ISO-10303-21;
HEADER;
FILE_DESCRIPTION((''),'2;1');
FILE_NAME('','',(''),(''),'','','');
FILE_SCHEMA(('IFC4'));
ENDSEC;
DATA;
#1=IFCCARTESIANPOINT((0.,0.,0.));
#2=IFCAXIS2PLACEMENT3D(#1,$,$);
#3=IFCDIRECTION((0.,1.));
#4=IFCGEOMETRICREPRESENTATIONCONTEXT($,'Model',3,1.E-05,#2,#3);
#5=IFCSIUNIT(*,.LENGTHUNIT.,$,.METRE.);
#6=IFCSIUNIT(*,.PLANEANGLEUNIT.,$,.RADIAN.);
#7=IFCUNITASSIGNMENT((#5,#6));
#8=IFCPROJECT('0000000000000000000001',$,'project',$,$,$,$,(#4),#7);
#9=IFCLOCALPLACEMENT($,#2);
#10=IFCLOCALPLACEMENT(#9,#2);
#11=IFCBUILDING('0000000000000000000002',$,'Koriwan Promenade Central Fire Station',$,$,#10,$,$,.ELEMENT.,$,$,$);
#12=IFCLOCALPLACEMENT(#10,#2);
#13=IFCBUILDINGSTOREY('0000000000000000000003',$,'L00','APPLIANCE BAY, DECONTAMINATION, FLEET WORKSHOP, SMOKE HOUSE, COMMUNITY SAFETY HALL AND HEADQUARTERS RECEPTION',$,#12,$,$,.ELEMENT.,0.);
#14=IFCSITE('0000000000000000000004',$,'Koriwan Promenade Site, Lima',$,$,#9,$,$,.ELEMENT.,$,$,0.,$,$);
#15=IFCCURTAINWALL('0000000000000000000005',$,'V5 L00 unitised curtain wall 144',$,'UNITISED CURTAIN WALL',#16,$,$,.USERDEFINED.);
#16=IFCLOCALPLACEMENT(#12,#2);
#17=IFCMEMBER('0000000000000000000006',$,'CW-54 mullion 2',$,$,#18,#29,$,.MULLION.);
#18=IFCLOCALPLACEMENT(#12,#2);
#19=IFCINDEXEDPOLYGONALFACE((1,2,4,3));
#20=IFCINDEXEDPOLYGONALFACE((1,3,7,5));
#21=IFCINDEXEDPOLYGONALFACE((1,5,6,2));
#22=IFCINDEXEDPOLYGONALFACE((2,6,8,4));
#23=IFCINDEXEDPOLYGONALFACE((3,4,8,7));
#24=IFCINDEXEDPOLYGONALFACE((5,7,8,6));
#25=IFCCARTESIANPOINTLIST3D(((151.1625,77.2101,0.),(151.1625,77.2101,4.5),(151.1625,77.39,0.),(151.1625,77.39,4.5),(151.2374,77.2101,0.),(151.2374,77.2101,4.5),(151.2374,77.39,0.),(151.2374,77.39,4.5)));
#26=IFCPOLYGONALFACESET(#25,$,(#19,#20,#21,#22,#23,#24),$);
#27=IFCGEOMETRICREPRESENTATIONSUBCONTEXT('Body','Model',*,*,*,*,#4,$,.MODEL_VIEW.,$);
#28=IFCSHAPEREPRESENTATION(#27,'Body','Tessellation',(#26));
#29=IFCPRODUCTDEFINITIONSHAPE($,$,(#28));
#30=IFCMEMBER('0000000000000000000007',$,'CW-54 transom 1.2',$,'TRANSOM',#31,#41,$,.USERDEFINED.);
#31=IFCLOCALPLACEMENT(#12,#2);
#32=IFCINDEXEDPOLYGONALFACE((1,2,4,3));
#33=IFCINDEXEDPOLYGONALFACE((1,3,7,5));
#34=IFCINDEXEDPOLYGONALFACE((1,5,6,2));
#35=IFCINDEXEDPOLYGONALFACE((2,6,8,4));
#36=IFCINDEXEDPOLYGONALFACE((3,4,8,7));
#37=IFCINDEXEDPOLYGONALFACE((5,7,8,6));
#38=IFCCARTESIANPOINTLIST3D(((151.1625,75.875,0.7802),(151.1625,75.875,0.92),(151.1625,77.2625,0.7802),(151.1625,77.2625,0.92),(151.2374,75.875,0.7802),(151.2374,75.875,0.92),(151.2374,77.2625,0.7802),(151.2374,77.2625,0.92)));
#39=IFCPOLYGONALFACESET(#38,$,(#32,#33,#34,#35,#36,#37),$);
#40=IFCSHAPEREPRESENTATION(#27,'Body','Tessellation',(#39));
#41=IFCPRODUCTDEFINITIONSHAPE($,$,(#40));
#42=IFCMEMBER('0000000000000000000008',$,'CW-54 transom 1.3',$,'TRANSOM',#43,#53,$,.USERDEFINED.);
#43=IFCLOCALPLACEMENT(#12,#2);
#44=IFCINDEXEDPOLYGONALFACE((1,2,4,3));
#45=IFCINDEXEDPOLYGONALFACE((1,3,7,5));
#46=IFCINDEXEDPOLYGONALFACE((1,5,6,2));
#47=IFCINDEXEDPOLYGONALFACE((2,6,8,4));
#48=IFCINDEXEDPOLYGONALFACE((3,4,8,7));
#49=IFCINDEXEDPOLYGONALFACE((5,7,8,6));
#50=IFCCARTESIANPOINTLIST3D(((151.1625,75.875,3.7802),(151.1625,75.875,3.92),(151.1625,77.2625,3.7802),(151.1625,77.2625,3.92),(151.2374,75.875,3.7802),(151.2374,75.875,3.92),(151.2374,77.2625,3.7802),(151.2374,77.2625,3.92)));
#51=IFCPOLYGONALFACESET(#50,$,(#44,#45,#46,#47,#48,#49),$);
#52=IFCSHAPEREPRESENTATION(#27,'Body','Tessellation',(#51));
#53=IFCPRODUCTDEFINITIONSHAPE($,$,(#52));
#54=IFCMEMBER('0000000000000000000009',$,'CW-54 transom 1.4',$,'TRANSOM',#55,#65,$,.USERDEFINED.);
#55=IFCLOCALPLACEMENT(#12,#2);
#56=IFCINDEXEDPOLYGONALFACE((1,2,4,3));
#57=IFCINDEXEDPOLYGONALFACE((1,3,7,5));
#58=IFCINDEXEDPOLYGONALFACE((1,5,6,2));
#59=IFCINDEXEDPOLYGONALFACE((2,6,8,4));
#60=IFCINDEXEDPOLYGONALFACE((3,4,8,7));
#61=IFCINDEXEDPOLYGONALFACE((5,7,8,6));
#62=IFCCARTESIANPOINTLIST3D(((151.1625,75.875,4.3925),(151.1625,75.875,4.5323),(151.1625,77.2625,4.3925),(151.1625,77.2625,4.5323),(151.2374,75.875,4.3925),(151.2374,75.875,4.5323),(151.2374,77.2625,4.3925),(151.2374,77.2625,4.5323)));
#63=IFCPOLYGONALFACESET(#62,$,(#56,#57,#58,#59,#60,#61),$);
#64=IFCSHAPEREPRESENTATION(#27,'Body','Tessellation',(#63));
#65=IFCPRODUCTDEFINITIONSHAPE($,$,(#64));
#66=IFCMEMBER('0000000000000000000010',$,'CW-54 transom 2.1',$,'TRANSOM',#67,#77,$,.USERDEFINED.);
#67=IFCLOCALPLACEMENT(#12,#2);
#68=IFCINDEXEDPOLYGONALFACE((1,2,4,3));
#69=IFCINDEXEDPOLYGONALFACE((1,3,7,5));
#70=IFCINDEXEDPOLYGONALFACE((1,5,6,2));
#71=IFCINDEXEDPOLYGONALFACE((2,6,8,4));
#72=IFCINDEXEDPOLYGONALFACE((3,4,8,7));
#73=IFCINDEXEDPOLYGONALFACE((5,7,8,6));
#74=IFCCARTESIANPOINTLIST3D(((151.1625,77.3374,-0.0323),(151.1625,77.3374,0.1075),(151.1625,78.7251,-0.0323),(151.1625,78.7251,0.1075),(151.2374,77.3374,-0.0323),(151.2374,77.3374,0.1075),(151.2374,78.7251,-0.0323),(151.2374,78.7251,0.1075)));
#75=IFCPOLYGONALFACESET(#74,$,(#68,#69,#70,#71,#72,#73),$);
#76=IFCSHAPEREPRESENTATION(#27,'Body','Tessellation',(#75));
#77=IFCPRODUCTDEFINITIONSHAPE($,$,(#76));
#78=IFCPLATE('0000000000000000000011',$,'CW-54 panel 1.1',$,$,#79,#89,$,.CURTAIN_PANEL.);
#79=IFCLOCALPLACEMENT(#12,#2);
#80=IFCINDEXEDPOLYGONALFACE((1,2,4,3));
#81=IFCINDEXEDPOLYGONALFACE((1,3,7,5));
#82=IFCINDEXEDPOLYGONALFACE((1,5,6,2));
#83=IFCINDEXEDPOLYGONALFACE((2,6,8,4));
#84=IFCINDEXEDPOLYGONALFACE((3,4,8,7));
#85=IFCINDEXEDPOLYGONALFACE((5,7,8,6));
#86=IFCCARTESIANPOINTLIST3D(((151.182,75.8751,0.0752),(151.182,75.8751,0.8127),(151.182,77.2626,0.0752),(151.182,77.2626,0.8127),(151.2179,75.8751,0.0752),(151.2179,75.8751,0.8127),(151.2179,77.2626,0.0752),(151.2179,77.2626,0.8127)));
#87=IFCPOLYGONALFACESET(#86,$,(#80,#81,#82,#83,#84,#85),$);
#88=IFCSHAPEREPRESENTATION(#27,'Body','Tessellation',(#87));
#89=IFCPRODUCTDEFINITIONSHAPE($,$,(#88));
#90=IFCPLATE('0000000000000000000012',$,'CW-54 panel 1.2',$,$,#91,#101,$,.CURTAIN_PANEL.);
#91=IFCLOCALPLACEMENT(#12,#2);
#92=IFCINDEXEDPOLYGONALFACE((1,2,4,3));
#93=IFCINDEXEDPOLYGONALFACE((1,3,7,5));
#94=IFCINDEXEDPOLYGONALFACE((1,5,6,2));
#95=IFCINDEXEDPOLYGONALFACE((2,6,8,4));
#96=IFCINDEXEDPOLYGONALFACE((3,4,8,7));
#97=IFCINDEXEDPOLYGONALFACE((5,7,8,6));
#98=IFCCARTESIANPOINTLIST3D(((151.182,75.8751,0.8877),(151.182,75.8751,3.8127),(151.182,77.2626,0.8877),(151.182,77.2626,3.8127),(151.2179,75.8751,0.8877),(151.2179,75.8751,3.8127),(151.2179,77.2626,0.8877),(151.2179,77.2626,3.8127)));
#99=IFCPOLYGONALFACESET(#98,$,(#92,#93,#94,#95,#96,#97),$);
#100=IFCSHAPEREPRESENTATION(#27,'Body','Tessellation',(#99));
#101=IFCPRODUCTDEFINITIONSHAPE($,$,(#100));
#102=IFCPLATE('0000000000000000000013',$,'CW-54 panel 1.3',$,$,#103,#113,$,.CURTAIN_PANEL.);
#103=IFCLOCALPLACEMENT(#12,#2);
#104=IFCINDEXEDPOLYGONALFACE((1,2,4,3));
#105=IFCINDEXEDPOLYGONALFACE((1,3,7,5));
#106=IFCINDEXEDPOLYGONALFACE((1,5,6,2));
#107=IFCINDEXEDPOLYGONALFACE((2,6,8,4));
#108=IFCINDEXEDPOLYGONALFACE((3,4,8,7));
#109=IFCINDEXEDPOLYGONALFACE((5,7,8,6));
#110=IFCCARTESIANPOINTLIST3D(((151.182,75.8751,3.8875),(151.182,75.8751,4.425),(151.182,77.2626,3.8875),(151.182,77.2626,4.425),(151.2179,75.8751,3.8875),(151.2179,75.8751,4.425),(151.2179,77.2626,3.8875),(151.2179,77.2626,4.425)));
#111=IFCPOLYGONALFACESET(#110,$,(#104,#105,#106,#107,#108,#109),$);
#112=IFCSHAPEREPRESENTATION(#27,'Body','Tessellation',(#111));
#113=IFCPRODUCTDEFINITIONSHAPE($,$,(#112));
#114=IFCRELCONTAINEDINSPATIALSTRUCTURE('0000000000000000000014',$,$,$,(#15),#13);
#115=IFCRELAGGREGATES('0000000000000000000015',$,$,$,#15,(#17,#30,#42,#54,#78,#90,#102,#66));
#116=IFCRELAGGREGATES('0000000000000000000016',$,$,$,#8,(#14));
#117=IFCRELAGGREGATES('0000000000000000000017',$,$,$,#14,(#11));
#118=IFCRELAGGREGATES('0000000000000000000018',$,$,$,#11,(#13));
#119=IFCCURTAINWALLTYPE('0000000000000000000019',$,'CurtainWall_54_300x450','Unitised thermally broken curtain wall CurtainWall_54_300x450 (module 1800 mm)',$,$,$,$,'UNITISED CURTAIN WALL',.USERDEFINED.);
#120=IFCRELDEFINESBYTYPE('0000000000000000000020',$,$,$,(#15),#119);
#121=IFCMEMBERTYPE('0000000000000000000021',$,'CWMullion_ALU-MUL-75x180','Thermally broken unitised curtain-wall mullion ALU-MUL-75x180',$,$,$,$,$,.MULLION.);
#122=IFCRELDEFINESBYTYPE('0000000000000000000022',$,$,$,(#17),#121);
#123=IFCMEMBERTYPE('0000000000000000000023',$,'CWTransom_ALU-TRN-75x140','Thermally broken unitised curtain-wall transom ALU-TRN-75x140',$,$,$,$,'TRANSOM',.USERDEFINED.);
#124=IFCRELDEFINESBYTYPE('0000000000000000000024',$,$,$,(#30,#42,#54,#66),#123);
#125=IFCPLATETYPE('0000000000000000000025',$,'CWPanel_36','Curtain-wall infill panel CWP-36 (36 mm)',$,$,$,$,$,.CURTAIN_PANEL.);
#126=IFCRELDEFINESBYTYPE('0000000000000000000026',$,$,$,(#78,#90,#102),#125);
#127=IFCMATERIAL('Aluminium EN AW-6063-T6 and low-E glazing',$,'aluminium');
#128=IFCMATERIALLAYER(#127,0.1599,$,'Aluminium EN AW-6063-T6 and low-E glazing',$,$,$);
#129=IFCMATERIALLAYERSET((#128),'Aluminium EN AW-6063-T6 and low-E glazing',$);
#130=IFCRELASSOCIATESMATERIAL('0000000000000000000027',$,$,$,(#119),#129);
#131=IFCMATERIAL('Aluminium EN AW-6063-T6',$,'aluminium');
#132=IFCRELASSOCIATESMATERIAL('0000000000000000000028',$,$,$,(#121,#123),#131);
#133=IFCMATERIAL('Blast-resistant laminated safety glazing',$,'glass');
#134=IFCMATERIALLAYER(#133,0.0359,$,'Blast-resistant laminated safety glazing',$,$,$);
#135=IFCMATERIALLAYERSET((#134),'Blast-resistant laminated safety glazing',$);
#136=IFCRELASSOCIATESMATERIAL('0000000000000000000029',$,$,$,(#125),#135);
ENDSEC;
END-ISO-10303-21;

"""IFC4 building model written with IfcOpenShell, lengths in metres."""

from ifc_helpers import new_model, si_unit, direction, frame, origin, origin_2d, place, context, subcontext, project, spatial, rectangle, extrude, material, layer, layer_set, material_profile, profile_set, type_object, element, aggregate, save


model = new_model("IFC4")

# Units and contexts
model_context = context("Model", 3, precision=1e-05, world=origin(), true_north=direction((0.0, 1.0)))
body_context = subcontext(model_context, "Body", "Model", "MODEL_VIEW")
ifc_project = project(units=[si_unit("LENGTHUNIT", "METRE"), si_unit("PLANEANGLEUNIT", "RADIAN")], contexts=[model_context])

# Site, building, storey
site_placement = place(None, origin())
site = spatial("IfcSite", under=ifc_project, at=site_placement, Name="Koriwan Promenade Site, Lima", CompositionType="ELEMENT", RefElevation=0.0)
building_placement = place(site_placement, origin())
building = spatial("IfcBuilding", under=site, at=building_placement, Name="Koriwan Promenade Central Fire Station", CompositionType="ELEMENT")
storey_placement = place(building_placement, origin())
storey = spatial("IfcBuildingStorey", under=building, at=storey_placement, Name="L00", Description="APPLIANCE BAY, DECONTAMINATION, FLEET WORKSHOP, SMOKE HOUSE, COMMUNITY SAFETY HALL AND HEADQUARTERS RECEPTION", CompositionType="ELEMENT", Elevation=0.0)

# Curtain wall, members, plates
ifc_material_1 = material(Name="Aluminium EN AW-6063-T6 and low-E glazing", Category="aluminium")
ifc_layer_1 = layer(ifc_material_1, 0.1599, Name="Aluminium EN AW-6063-T6 and low-E glazing")
ifc_layer_set_1 = layer_set([ifc_layer_1], Name="Aluminium EN AW-6063-T6 and low-E glazing")
curtain_wall_type = type_object("IfcCurtainWallType", Name="CurtainWall_54_300x450", Description="Unitised thermally broken curtain wall CurtainWall_54_300x450 (module 1800 mm)", ElementType="UNITISED CURTAIN WALL", PredefinedType="USERDEFINED", material=ifc_layer_set_1)
curtain_wall_placement = place(storey_placement, origin())
curtain_wall = element("IfcCurtainWall", 1, at=curtain_wall_placement, inside=storey, type_object=curtain_wall_type, Name="V5 L00 unitised curtain wall 144", ObjectType="UNITISED CURTAIN WALL", PredefinedType="USERDEFINED")
ifc_material_2 = material(Name="Aluminium EN AW-6063-T6", Category="aluminium")
ifc_material_profile_1 = material_profile(ifc_material_2, rectangle(XDim=0.075, YDim=0.1799, at=origin_2d()), Name="ALU-MUL-75x180")
ifc_profile_set_1 = profile_set([ifc_material_profile_1], Name="Aluminium EN AW-6063-T6")
member_type_1 = type_object("IfcMemberType", Name="CWMullion_ALU-MUL-75x180", Description="Thermally broken unitised curtain-wall mullion ALU-MUL-75x180", PredefinedType="MULLION", material=ifc_profile_set_1)
member_1_placement = place(storey_placement, frame((151.2, 77.3, 0.0), z_axis=(0.0, 0.0, 1.0), x_axis=(-1.0, 0.0, 0.0)))
member_1 = element("IfcMember", 2, at=member_1_placement, type_object=member_type_1, Name="CW-54 mullion 2", PredefinedType="MULLION", context=body_context, shape_type="SweptSolid", body=[
    extrude(rectangle(XDim=0.075, YDim=0.1799, at=origin_2d()), origin(), (0.0, 0.0, 1.0), 4.5),
])
ifc_material_profile_2 = material_profile(ifc_material_2, rectangle(XDim=0.075, YDim=0.1399, at=origin_2d()), Name="ALU-TRN-75x140")
ifc_profile_set_2 = profile_set([ifc_material_profile_2], Name="Aluminium EN AW-6063-T6")
member_type_2 = type_object("IfcMemberType", Name="CWTransom_ALU-TRN-75x140", Description="Thermally broken unitised curtain-wall transom ALU-TRN-75x140", ElementType="TRANSOM", PredefinedType="USERDEFINED", material=ifc_profile_set_2)
member_2_placement = place(storey_placement, frame((151.2, 75.875, 0.8501), z_axis=(0.0, 1.0, 0.0), x_axis=(-1.0, 0.0, 0.0)))
member_2 = element("IfcMember", 3, at=member_2_placement, type_object=member_type_2, Name="CW-54 transom 1.2", ObjectType="TRANSOM", PredefinedType="USERDEFINED", context=body_context, shape_type="SweptSolid", body=[
    extrude(rectangle(XDim=0.075, YDim=0.1399, at=origin_2d()), origin(), (0.0, 0.0, 1.0), 1.3875),
])
member_3_placement = place(storey_placement, frame((151.2, 75.875, 3.8501), z_axis=(0.0, 1.0, 0.0), x_axis=(-1.0, 0.0, 0.0)))
member_3 = element("IfcMember", 4, at=member_3_placement, type_object=member_type_2, Name="CW-54 transom 1.3", ObjectType="TRANSOM", PredefinedType="USERDEFINED", context=body_context, shape_type="SweptSolid", body=[
    extrude(rectangle(XDim=0.075, YDim=0.1399, at=origin_2d()), origin(), (0.0, 0.0, 1.0), 1.3875),
])
member_4_placement = place(storey_placement, frame((151.2, 75.875, 4.4624), z_axis=(0.0, 1.0, 0.0), x_axis=(-1.0, 0.0, 0.0)))
member_4 = element("IfcMember", 5, at=member_4_placement, type_object=member_type_2, Name="CW-54 transom 1.4", ObjectType="TRANSOM", PredefinedType="USERDEFINED", context=body_context, shape_type="SweptSolid", body=[
    extrude(rectangle(XDim=0.075, YDim=0.1399, at=origin_2d()), origin(), (0.0, 0.0, 1.0), 1.3875),
])
member_5_placement = place(storey_placement, frame((151.2, 77.3374, 0.0376), z_axis=(0.0, 1.0, 0.0), x_axis=(-1.0, 0.0, 0.0)))
member_5 = element("IfcMember", 6, at=member_5_placement, type_object=member_type_2, Name="CW-54 transom 2.1", ObjectType="TRANSOM", PredefinedType="USERDEFINED", context=body_context, shape_type="SweptSolid", body=[
    extrude(rectangle(XDim=0.075, YDim=0.1399, at=origin_2d()), origin(), (0.0, 0.0, 1.0), 1.3877),
])
ifc_material_3 = material(Name="Blast-resistant laminated safety glazing", Category="glass")
ifc_layer_2 = layer(ifc_material_3, 0.0359, Name="Blast-resistant laminated safety glazing")
ifc_layer_set_2 = layer_set([ifc_layer_2], Name="Blast-resistant laminated safety glazing")
plate_type = type_object("IfcPlateType", Name="CWPanel_36", Description="Curtain-wall infill panel CWP-36 (36 mm)", PredefinedType="CURTAIN_PANEL", material=ifc_layer_set_2)
plate_1_placement = place(storey_placement, frame((151.2, 76.5688, 0.0752), z_axis=(0.0, 0.0, 1.0), x_axis=(0.0, 1.0, 0.0)))
plate_1 = element("IfcPlate", 7, at=plate_1_placement, type_object=plate_type, Name="CW-54 panel 1.1", PredefinedType="CURTAIN_PANEL", context=body_context, shape_type="SweptSolid", body=[
    extrude(rectangle(XDim=1.3875, YDim=0.0359, at=origin_2d()), origin(), (0.0, 0.0, 1.0), 0.7375),
])
plate_2_placement = place(storey_placement, frame((151.2, 76.5688, 0.8877), z_axis=(0.0, 0.0, 1.0), x_axis=(0.0, 1.0, 0.0)))
plate_2 = element("IfcPlate", 8, at=plate_2_placement, type_object=plate_type, Name="CW-54 panel 1.2", PredefinedType="CURTAIN_PANEL", context=body_context, shape_type="SweptSolid", body=[
    extrude(rectangle(XDim=1.3875, YDim=0.0359, at=origin_2d()), origin(), (0.0, 0.0, 1.0), 2.925),
])
plate_3_placement = place(storey_placement, frame((151.2, 76.5688, 3.8875), z_axis=(0.0, 0.0, 1.0), x_axis=(0.0, 1.0, 0.0)))
plate_3 = element("IfcPlate", 9, at=plate_3_placement, type_object=plate_type, Name="CW-54 panel 1.3", PredefinedType="CURTAIN_PANEL", context=body_context, shape_type="SweptSolid", body=[
    extrude(rectangle(XDim=1.3875, YDim=0.0359, at=origin_2d()), origin(), (0.0, 0.0, 1.0), 0.5376),
])
aggregate(curtain_wall, [member_1, member_2, member_3, member_4, plate_1, plate_2, plate_3, member_5])

save(model, "model.ifc")
